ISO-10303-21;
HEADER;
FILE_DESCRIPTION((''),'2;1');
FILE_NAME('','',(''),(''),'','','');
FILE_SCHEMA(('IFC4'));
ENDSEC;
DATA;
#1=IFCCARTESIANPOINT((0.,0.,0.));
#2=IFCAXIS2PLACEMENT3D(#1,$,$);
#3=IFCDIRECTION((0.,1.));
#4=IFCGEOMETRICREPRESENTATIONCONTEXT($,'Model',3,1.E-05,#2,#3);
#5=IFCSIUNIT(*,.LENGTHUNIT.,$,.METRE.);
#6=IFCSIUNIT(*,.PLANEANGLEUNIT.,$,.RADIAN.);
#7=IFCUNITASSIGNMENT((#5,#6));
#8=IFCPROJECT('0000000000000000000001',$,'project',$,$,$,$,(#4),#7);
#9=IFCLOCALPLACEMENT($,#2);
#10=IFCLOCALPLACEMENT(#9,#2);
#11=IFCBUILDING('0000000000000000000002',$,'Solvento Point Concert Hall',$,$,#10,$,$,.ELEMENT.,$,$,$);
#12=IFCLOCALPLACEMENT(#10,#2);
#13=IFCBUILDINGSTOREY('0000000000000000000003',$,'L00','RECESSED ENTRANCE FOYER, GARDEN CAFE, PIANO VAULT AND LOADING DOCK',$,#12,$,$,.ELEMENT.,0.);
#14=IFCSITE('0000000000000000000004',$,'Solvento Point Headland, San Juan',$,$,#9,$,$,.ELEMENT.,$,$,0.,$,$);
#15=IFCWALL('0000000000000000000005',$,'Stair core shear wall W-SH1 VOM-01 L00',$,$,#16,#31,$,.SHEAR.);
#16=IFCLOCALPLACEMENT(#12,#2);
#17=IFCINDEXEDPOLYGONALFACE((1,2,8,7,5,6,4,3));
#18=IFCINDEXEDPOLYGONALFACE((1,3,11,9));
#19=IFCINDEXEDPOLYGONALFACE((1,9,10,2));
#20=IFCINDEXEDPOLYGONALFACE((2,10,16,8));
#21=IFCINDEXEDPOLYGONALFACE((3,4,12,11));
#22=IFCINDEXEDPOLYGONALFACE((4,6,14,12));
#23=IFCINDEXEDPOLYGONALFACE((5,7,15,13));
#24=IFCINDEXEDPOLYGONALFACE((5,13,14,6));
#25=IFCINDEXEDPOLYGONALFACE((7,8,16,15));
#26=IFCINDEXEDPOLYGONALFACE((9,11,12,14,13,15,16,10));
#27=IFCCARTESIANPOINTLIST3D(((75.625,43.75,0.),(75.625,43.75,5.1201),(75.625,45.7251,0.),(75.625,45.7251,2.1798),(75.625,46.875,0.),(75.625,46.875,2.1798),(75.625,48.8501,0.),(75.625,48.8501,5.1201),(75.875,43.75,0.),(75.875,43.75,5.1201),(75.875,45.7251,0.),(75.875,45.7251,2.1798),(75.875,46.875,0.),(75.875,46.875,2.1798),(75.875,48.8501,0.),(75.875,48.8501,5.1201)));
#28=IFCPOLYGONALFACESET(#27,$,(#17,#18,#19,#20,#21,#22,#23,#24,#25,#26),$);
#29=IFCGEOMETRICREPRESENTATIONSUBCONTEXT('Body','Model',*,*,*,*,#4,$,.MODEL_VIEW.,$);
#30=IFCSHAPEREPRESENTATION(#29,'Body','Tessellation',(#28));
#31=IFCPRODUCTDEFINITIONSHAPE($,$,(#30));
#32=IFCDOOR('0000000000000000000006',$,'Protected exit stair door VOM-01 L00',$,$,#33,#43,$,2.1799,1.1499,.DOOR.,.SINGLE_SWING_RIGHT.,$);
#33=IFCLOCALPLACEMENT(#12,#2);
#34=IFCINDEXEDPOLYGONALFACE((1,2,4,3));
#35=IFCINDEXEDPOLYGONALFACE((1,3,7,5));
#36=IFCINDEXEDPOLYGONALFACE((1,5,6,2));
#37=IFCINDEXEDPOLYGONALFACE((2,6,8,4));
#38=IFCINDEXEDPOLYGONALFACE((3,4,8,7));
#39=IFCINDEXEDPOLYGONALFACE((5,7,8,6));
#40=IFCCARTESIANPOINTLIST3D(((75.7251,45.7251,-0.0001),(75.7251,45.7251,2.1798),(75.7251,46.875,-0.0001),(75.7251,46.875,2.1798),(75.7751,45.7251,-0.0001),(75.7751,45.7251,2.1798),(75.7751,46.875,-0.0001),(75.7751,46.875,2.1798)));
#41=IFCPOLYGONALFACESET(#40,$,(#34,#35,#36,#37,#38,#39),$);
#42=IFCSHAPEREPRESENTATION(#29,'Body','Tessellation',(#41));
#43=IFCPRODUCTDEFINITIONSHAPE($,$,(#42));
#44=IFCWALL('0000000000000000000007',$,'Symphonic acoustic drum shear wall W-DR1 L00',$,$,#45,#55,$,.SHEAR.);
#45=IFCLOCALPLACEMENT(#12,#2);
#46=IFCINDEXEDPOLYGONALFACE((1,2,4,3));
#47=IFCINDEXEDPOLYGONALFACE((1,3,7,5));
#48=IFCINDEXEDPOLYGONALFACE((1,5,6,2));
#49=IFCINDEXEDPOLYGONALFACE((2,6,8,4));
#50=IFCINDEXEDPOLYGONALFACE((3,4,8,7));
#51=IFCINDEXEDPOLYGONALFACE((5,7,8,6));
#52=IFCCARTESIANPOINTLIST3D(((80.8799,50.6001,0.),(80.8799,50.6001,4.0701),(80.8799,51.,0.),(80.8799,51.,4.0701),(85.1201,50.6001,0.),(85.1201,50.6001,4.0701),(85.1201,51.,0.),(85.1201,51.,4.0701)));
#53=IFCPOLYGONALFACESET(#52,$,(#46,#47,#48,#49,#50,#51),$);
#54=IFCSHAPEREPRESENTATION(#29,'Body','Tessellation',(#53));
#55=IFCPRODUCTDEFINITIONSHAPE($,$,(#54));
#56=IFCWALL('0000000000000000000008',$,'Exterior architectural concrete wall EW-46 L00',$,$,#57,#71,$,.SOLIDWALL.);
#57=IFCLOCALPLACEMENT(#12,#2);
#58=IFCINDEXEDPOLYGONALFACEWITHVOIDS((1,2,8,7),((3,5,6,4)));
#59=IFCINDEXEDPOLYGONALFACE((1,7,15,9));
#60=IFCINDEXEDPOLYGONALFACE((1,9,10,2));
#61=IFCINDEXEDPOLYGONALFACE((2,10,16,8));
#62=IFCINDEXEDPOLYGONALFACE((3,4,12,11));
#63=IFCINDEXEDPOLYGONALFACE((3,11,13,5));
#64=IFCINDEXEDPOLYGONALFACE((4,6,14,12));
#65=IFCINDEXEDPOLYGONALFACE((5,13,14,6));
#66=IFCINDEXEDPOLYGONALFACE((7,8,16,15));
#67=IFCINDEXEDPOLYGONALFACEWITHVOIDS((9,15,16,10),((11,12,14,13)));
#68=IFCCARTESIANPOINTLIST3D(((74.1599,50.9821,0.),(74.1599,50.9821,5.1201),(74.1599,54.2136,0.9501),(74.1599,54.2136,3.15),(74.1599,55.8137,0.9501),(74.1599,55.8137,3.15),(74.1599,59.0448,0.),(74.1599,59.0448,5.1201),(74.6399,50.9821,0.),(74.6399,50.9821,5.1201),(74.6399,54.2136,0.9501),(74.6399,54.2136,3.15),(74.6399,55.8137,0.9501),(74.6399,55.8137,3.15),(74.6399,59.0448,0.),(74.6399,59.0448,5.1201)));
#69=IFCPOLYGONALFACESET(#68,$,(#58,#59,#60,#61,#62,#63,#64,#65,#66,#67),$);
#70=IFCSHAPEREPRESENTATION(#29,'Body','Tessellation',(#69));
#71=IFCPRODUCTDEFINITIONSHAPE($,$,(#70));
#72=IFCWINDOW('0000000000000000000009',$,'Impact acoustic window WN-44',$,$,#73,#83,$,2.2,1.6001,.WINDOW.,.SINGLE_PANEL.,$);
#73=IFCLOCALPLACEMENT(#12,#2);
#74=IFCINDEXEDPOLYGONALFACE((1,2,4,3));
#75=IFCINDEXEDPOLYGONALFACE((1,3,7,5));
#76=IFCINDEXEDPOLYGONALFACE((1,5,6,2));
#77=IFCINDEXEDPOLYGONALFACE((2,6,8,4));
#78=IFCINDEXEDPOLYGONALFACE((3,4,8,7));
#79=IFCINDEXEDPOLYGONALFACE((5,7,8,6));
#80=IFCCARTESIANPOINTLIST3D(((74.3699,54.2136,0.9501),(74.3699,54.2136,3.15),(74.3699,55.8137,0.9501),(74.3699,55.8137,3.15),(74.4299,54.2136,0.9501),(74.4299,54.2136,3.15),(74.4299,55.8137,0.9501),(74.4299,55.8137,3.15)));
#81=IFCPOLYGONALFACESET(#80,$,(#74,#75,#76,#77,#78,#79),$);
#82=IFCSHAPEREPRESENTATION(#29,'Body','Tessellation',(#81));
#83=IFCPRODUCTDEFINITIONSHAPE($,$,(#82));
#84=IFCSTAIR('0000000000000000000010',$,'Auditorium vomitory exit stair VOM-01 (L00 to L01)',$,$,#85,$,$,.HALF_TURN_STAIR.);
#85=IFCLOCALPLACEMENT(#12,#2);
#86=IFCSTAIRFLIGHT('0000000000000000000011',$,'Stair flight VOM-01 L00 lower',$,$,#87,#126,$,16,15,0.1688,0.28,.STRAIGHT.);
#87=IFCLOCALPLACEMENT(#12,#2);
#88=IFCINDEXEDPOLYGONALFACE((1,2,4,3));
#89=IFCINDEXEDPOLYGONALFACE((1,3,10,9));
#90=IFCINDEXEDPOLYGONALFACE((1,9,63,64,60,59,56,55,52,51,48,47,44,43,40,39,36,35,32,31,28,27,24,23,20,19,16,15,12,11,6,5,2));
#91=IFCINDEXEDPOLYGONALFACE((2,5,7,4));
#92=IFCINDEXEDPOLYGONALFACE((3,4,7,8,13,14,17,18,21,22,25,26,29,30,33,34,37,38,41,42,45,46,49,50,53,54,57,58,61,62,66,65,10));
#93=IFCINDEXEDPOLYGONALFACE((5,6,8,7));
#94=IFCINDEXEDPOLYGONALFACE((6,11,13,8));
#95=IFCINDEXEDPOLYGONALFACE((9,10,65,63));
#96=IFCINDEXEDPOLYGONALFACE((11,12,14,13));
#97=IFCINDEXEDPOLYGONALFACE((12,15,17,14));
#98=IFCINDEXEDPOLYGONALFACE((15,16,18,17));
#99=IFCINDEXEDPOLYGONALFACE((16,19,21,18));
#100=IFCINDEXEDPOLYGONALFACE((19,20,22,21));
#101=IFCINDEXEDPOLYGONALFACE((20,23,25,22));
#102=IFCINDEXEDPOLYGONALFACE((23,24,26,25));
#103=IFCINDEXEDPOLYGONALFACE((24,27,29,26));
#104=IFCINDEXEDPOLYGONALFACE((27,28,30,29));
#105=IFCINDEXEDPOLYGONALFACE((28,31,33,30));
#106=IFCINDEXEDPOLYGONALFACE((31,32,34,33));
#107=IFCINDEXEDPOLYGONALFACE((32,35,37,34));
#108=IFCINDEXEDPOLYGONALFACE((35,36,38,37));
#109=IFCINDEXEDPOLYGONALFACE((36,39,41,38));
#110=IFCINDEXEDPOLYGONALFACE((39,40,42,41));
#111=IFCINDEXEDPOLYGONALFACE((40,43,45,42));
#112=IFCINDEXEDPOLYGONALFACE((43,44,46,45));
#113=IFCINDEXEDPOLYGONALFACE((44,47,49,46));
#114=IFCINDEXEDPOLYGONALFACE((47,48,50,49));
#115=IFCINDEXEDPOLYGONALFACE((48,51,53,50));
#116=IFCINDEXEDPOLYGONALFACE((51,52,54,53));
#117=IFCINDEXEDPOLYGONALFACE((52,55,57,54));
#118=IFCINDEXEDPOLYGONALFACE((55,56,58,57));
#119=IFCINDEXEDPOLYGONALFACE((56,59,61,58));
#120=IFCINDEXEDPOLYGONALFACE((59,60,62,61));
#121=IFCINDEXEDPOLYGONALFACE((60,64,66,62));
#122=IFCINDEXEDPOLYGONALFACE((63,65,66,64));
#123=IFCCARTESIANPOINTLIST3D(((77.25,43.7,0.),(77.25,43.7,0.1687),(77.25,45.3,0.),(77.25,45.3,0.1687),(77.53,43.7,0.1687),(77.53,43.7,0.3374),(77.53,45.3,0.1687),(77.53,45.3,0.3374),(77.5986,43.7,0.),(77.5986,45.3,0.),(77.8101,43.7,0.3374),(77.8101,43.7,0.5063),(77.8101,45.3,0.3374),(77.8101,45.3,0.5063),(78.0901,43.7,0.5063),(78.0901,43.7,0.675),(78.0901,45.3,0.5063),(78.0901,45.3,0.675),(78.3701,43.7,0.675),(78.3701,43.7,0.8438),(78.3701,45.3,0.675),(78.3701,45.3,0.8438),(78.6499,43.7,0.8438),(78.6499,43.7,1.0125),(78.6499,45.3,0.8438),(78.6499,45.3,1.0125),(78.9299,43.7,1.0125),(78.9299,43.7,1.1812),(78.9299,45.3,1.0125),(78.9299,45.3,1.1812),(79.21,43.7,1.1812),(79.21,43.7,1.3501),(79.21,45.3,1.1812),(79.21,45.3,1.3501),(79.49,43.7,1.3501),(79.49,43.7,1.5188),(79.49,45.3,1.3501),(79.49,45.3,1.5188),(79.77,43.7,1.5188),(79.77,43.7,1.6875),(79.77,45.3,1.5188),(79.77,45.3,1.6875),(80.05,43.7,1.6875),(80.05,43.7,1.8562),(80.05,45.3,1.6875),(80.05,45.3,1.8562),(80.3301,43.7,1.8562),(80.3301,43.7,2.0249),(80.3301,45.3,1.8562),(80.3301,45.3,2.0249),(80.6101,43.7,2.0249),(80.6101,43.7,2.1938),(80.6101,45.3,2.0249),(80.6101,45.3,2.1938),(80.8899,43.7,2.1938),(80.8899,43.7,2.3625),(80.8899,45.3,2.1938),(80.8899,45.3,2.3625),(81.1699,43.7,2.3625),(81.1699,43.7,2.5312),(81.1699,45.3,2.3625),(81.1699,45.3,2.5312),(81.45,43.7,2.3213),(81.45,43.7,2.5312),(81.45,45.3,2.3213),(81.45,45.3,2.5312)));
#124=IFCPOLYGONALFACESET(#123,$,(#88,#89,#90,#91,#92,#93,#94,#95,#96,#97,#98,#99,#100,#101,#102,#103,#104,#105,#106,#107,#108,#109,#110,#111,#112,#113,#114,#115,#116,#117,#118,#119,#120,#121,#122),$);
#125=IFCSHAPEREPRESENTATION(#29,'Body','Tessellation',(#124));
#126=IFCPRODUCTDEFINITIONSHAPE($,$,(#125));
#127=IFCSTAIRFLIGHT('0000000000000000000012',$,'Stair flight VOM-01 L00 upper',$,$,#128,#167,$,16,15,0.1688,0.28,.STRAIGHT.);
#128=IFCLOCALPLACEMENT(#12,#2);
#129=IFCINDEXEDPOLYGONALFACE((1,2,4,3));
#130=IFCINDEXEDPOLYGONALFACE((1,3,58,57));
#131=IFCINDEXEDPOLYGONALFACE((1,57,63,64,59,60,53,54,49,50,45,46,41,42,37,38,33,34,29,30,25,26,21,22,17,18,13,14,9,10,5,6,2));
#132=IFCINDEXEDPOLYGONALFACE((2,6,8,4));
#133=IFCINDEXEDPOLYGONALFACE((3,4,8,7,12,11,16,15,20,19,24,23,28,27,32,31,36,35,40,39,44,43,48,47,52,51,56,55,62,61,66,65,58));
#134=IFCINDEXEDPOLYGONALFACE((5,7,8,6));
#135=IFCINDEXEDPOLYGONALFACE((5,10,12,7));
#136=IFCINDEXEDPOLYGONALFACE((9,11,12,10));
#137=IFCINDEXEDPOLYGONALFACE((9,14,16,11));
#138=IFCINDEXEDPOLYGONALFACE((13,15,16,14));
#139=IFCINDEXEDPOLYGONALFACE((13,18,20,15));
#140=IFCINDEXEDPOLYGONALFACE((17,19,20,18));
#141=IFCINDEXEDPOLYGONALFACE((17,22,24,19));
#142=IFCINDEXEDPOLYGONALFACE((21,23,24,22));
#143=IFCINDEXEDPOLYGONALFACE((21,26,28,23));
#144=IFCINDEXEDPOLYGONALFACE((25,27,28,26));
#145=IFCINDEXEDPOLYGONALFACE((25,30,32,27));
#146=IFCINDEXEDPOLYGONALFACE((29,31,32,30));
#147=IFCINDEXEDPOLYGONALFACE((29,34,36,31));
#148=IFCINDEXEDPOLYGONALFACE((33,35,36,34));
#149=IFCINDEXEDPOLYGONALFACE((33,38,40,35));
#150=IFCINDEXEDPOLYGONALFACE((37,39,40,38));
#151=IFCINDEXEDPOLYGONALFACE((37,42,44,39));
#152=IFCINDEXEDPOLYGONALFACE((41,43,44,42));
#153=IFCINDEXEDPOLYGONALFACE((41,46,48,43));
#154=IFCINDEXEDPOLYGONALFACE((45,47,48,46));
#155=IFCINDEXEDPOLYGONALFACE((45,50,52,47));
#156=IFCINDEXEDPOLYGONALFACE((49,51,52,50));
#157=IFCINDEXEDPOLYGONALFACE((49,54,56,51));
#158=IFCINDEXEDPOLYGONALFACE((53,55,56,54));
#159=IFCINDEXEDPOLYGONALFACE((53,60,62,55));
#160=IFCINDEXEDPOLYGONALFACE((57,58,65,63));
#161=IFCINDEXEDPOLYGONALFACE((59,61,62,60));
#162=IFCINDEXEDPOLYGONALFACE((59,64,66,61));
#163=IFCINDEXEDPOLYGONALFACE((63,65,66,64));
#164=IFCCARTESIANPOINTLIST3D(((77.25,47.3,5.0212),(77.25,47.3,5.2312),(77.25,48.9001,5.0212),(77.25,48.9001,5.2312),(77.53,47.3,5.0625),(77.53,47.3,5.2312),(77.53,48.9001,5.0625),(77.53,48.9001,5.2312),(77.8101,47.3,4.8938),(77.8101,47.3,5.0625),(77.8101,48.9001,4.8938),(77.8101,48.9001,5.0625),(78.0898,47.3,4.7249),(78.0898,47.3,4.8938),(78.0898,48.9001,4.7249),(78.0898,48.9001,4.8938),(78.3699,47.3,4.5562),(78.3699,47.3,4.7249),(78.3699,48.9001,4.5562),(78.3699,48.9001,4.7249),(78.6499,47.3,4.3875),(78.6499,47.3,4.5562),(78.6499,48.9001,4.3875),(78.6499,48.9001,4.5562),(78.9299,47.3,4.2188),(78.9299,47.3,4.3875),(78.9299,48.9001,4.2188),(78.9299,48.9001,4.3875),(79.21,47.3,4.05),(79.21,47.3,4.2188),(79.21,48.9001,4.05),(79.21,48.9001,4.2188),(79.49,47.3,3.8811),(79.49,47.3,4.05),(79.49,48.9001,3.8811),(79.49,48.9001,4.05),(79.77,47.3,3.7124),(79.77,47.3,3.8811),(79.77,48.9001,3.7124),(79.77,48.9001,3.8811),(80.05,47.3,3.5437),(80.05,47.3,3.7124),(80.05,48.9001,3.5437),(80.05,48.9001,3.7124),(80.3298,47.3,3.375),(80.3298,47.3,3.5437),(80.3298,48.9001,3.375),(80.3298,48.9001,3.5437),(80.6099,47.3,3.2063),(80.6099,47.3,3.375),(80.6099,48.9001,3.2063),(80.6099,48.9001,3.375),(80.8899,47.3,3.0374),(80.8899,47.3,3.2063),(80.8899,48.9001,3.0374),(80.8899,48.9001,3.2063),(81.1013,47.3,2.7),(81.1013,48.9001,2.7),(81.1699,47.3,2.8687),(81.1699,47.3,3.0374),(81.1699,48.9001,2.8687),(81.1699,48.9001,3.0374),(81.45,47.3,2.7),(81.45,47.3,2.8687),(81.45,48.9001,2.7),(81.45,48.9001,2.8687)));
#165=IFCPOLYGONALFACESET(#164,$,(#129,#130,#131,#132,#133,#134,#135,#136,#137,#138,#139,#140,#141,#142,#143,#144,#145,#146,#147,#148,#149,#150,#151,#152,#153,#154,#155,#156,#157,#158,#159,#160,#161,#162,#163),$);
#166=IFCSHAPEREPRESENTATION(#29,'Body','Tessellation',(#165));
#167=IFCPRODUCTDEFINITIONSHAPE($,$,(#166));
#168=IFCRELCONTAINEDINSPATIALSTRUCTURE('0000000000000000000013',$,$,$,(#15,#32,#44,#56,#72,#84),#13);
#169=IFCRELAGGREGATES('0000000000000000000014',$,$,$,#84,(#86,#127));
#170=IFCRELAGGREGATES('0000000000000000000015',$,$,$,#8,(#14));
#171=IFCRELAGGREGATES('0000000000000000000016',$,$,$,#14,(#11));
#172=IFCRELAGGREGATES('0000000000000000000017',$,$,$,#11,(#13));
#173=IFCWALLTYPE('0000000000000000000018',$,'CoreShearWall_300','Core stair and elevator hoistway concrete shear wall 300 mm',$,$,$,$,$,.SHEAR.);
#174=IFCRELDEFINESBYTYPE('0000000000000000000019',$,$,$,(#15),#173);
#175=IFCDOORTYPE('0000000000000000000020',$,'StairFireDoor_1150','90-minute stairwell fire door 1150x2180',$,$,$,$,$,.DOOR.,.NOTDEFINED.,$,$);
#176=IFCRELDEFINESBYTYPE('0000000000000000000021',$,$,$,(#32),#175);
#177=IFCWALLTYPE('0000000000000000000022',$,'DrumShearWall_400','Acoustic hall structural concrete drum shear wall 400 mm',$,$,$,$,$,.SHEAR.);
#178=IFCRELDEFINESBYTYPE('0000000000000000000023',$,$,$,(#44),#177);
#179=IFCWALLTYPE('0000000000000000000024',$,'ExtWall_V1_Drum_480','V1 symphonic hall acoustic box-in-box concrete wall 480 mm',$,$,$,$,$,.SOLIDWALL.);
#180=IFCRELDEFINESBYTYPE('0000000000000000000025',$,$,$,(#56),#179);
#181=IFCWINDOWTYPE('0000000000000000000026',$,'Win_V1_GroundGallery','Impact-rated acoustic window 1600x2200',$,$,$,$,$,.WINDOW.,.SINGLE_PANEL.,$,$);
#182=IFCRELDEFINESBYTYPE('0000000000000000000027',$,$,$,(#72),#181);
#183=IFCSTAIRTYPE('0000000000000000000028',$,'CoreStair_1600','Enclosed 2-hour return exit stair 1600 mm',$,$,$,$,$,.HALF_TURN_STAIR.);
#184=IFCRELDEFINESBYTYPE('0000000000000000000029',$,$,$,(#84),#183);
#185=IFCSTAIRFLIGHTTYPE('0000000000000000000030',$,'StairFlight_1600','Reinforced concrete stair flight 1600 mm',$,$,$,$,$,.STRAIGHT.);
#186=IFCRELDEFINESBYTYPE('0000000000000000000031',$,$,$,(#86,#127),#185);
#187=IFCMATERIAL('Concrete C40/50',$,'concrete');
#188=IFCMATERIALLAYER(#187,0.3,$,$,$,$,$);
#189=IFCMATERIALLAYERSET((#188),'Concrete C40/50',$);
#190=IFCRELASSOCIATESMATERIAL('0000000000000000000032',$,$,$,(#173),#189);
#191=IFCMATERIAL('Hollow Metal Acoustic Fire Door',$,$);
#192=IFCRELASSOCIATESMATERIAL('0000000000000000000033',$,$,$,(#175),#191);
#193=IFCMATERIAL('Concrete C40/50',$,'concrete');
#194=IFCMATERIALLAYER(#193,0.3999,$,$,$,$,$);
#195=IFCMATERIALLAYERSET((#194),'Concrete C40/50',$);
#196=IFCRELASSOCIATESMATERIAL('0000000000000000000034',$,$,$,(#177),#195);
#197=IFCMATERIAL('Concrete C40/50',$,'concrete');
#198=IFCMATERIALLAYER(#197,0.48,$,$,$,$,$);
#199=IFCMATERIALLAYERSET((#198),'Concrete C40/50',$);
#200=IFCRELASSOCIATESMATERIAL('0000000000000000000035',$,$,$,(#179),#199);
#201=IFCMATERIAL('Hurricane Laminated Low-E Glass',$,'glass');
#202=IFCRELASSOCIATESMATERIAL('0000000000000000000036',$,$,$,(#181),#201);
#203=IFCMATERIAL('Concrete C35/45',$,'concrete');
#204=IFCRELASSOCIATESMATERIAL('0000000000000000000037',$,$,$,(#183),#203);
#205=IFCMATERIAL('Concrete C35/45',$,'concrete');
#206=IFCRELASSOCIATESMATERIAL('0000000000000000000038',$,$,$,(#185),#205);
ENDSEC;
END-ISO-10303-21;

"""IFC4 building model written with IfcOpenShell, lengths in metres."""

from ifc_helpers import new_model, si_unit, direction, frame, frame_2d, origin, place, context, subcontext, project, spatial, polyline, rectangle, outline, extrude, material, layer, layer_set, type_object, element, fill, aggregate, save


model = new_model("IFC4")

# Units and contexts
model_context = context("Model", 3, precision=1e-05, world=origin(), true_north=direction((0.0, 1.0)))
body_context = subcontext(model_context, "Body", "Model", "MODEL_VIEW")
ifc_project = project(units=[si_unit("LENGTHUNIT", "METRE"), si_unit("PLANEANGLEUNIT", "RADIAN")], contexts=[model_context])

# Site, building, storey
site_placement = place(None, origin())
site = spatial("IfcSite", under=ifc_project, at=site_placement, Name="Solvento Point Headland, San Juan", CompositionType="ELEMENT", RefElevation=0.0)
building_placement = place(site_placement, origin())
building = spatial("IfcBuilding", under=site, at=building_placement, Name="Solvento Point Concert Hall", CompositionType="ELEMENT")
storey_placement = place(building_placement, origin())
storey = spatial("IfcBuildingStorey", under=building, at=storey_placement, Name="L00", Description="RECESSED ENTRANCE FOYER, GARDEN CAFE, PIANO VAULT AND LOADING DOCK", CompositionType="ELEMENT", Elevation=0.0)

# Shared definitions
ifc_material_1 = material(Name="Concrete C40/50", Category="concrete")
ifc_layer_1 = layer(ifc_material_1, 0.3)
ifc_layer_set_1 = layer_set([ifc_layer_1], Name="Concrete C40/50")
wall_type_1 = type_object("IfcWallType", Name="CoreShearWall_300", Description="Core stair and elevator hoistway concrete shear wall 300 mm", PredefinedType="SHEAR", material=ifc_layer_set_1)

# Wall, opening, door
wall_1_placement = place(storey_placement, frame((75.75, 43.75, 0.0), z_axis=(0.0, 0.0, 1.0), x_axis=(0.0, 1.0, 0.0)))
wall_1 = element("IfcWall", 1, at=wall_1_placement, inside=storey, type_object=wall_type_1, Name="Stair core shear wall W-SH1 VOM-01 L00", PredefinedType="SHEAR", context=body_context, shape_type="SweptSolid", body=[
    extrude(rectangle(XDim=5.1001, YDim=0.25, at=frame_2d((2.55, 0.0))), origin(), (0.0, 0.0, 1.0), 5.1201),
])
opening_1_placement = place(wall_1_placement, frame((1.9751, 0.0, 0.0)))
opening_1 = element("IfcOpeningElement", 2, at=opening_1_placement, cuts=wall_1, PredefinedType="OPENING", context=body_context, shape_type="SweptSolid", body=[
    extrude(rectangle(XDim=1.1499, YDim=2.1799, at=frame_2d((0.575, 1.0898))), frame((0.0, 0.135, 0.0), z_axis=(0.0, -1.0, 0.0), x_axis=(1.0, 0.0, 0.0)), (0.0, 0.0, 1.0), 0.27),
])
ifc_material_2 = material(Name="Hollow Metal Acoustic Fire Door")
door_type = type_object("IfcDoorType", Name="StairFireDoor_1150", Description="90-minute stairwell fire door 1150x2180", OperationType="NOTDEFINED", PredefinedType="DOOR", material=ifc_material_2)
door_placement = place(opening_1_placement, origin())
door = element("IfcDoor", 3, at=door_placement, inside=storey, type_object=door_type, Name="Protected exit stair door VOM-01 L00", OperationType="SINGLE_SWING_RIGHT", OverallHeight=2.1799, OverallWidth=1.1499, PredefinedType="DOOR", context=body_context, shape_type="SweptSolid", body=[
    extrude(rectangle(XDim=1.1499, YDim=2.1799, at=frame_2d((0.575, 1.0898))), frame((0.0, 0.0249, 0.0), z_axis=(0.0, -1.0, 0.0), x_axis=(1.0, 0.0, 0.0)), (0.0, 0.0, 1.0), 0.05),
])
fill(opening_1, door)

# Wall
ifc_material_3 = material(Name="Concrete C40/50", Category="concrete")
ifc_layer_2 = layer(ifc_material_3, 0.3999)
ifc_layer_set_2 = layer_set([ifc_layer_2], Name="Concrete C40/50")
wall_type_2 = type_object("IfcWallType", Name="DrumShearWall_400", Description="Acoustic hall structural concrete drum shear wall 400 mm", PredefinedType="SHEAR", material=ifc_layer_set_2)
wall_2_placement = place(storey_placement, frame((80.8799, 50.8, 0.0), z_axis=(0.0, 0.0, 1.0), x_axis=(1.0, 0.0, 0.0)))
element("IfcWall", 4, at=wall_2_placement, inside=storey, type_object=wall_type_2, Name="Symphonic acoustic drum shear wall W-DR1 L00", PredefinedType="SHEAR", context=body_context, shape_type="SweptSolid", body=[
    extrude(rectangle(XDim=4.2402, YDim=0.3999, at=frame_2d((2.1201, 0.0))), origin(), (0.0, 0.0, 1.0), 4.0701),
])

# Wall, opening, window
ifc_material_4 = material(Name="Concrete C40/50", Category="concrete")
ifc_layer_3 = layer(ifc_material_4, 0.48)
ifc_layer_set_3 = layer_set([ifc_layer_3], Name="Concrete C40/50")
wall_type_3 = type_object("IfcWallType", Name="ExtWall_V1_Drum_480", Description="V1 symphonic hall acoustic box-in-box concrete wall 480 mm", PredefinedType="SOLIDWALL", material=ifc_layer_set_3)
wall_3_placement = place(storey_placement, frame((74.3999, 50.9822, 0.0), z_axis=(0.0, 0.0, 1.0), x_axis=(0.0, 1.0, 0.0)))
wall_3 = element("IfcWall", 5, at=wall_3_placement, inside=storey, type_object=wall_type_3, Name="Exterior architectural concrete wall EW-46 L00", PredefinedType="SOLIDWALL", context=body_context, shape_type="SweptSolid", body=[
    extrude(rectangle(XDim=8.0627, YDim=0.48, at=frame_2d((4.0312, 0.0))), origin(), (0.0, 0.0, 1.0), 5.1201),
])
opening_2_placement = place(wall_3_placement, frame((3.2314, 0.0, 0.95)))
opening_2 = element("IfcOpeningElement", 6, at=opening_2_placement, cuts=wall_3, PredefinedType="OPENING", context=body_context, shape_type="SweptSolid", body=[
    extrude(rectangle(XDim=1.6001, YDim=2.2, at=frame_2d((0.8, 1.1001))), frame((0.0, 0.25, 0.0), z_axis=(0.0, -1.0, 0.0), x_axis=(1.0, 0.0, 0.0)), (0.0, 0.0, 1.0), 0.5),
])
ifc_material_5 = material(Name="Hurricane Laminated Low-E Glass", Category="glass")
window_type = type_object("IfcWindowType", Name="Win_V1_GroundGallery", Description="Impact-rated acoustic window 1600x2200", PartitioningType="SINGLE_PANEL", PredefinedType="WINDOW", material=ifc_material_5)
window_placement = place(opening_2_placement, origin())
window = element("IfcWindow", 7, at=window_placement, inside=storey, type_object=window_type, Name="Impact acoustic window WN-44", OverallHeight=2.2, OverallWidth=1.6001, PartitioningType="SINGLE_PANEL", PredefinedType="WINDOW", context=body_context, shape_type="SweptSolid", body=[
    extrude(rectangle(XDim=1.6001, YDim=2.2, at=frame_2d((0.8, 1.1001))), frame((0.0, 0.03, 0.0), z_axis=(0.0, -1.0, 0.0), x_axis=(1.0, 0.0, 0.0)), (0.0, 0.0, 1.0), 0.0601),
])
fill(opening_2, window)

# Stair, stair flights
ifc_material_6 = material(Name="Concrete C35/45", Category="concrete")
stair_type = type_object("IfcStairType", Name="CoreStair_1600", Description="Enclosed 2-hour return exit stair 1600 mm", PredefinedType="HALF_TURN_STAIR", material=ifc_material_6)
stair_placement = place(storey_placement, origin())
stair = element("IfcStair", 8, at=stair_placement, inside=storey, type_object=stair_type, Name="Auditorium vomitory exit stair VOM-01 (L00 to L01)", PredefinedType="HALF_TURN_STAIR")
ifc_material_7 = material(Name="Concrete C35/45", Category="concrete")
stair_flight_type = type_object("IfcStairFlightType", Name="StairFlight_1600", Description="Reinforced concrete stair flight 1600 mm", PredefinedType="STRAIGHT", material=ifc_material_7)
stair_flight_1_placement = place(storey_placement, frame((77.25, 44.5, 0.0), z_axis=(0.0, 0.0, 1.0), x_axis=(1.0, 0.0, 0.0)))
stair_flight_1 = element("IfcStairFlight", 9, at=stair_flight_1_placement, type_object=stair_flight_type, Name="Stair flight VOM-01 L00 lower", NumberOfRisers=16, NumberOfTreads=15, PredefinedType="STRAIGHT", RiserHeight=0.1688, TreadLength=0.28, context=body_context, shape_type="SweptSolid", body=[
    extrude(outline(polyline([(0.0, 0.0), (0.0, 0.1687), (0.28, 0.1687), (0.28, 0.3374), (0.5601, 0.3374), (0.5601, 0.5063), (0.8401, 0.5063), (0.8401, 0.675), (1.1201, 0.675), (1.1201, 0.8438), (1.3999, 0.8438), (1.3999, 1.0125), (1.6799, 1.0125), (1.6799, 1.1812), (1.96, 1.1812), (1.96, 1.3501), (2.24, 1.3501), (2.24, 1.5188), (2.52, 1.5188), (2.52, 1.6875), (2.8, 1.6875), (2.8, 1.8562), (3.0801, 1.8562), (3.0801, 2.0249), (3.3601, 2.0249), (3.3601, 2.1938), (3.6399, 2.1938), (3.6399, 2.3625), (3.9199, 2.3625), (3.9199, 2.5312), (4.2, 2.5312), (4.2, 2.7), (4.2, 2.3213), (0.3486, 0.0), (0.0, 0.0)])), frame((0.0, 0.8, 0.0), z_axis=(0.0, -1.0, 0.0), x_axis=(1.0, 0.0, 0.0)), (0.0, 0.0, 1.0), 1.6001),
])
stair_flight_2_placement = place(storey_placement, frame((81.45, 48.1001, 2.7), z_axis=(0.0, 0.0, 1.0), x_axis=(-1.0, 0.0, 0.0)))
stair_flight_2 = element("IfcStairFlight", 10, at=stair_flight_2_placement, type_object=stair_flight_type, Name="Stair flight VOM-01 L00 upper", NumberOfRisers=16, NumberOfTreads=15, PredefinedType="STRAIGHT", RiserHeight=0.1688, TreadLength=0.28, context=body_context, shape_type="SweptSolid", body=[
    extrude(outline(polyline([(0.0, 0.0), (0.0, 0.1687), (0.28, 0.1687), (0.28, 0.3374), (0.5601, 0.3374), (0.5601, 0.5063), (0.8401, 0.5063), (0.8401, 0.675), (1.1201, 0.675), (1.1201, 0.8438), (1.3999, 0.8438), (1.3999, 1.0125), (1.6799, 1.0125), (1.6799, 1.1812), (1.96, 1.1812), (1.96, 1.3501), (2.24, 1.3501), (2.24, 1.5188), (2.52, 1.5188), (2.52, 1.6875), (2.8, 1.6875), (2.8, 1.8562), (3.0801, 1.8562), (3.0801, 2.0249), (3.3601, 2.0249), (3.3601, 2.1938), (3.6399, 2.1938), (3.6399, 2.3625), (3.9199, 2.3625), (3.9199, 2.5312), (4.2, 2.5312), (4.2, 2.7), (4.2, 2.3213), (0.3486, 0.0), (0.0, 0.0)])), frame((0.0, 0.8, 0.0), z_axis=(0.0, -1.0, 0.0), x_axis=(1.0, 0.0, 0.0)), (0.0, 0.0, 1.0), 1.6001),
])
aggregate(stair, [stair_flight_1, stair_flight_2])

save(model, "model.ifc")
